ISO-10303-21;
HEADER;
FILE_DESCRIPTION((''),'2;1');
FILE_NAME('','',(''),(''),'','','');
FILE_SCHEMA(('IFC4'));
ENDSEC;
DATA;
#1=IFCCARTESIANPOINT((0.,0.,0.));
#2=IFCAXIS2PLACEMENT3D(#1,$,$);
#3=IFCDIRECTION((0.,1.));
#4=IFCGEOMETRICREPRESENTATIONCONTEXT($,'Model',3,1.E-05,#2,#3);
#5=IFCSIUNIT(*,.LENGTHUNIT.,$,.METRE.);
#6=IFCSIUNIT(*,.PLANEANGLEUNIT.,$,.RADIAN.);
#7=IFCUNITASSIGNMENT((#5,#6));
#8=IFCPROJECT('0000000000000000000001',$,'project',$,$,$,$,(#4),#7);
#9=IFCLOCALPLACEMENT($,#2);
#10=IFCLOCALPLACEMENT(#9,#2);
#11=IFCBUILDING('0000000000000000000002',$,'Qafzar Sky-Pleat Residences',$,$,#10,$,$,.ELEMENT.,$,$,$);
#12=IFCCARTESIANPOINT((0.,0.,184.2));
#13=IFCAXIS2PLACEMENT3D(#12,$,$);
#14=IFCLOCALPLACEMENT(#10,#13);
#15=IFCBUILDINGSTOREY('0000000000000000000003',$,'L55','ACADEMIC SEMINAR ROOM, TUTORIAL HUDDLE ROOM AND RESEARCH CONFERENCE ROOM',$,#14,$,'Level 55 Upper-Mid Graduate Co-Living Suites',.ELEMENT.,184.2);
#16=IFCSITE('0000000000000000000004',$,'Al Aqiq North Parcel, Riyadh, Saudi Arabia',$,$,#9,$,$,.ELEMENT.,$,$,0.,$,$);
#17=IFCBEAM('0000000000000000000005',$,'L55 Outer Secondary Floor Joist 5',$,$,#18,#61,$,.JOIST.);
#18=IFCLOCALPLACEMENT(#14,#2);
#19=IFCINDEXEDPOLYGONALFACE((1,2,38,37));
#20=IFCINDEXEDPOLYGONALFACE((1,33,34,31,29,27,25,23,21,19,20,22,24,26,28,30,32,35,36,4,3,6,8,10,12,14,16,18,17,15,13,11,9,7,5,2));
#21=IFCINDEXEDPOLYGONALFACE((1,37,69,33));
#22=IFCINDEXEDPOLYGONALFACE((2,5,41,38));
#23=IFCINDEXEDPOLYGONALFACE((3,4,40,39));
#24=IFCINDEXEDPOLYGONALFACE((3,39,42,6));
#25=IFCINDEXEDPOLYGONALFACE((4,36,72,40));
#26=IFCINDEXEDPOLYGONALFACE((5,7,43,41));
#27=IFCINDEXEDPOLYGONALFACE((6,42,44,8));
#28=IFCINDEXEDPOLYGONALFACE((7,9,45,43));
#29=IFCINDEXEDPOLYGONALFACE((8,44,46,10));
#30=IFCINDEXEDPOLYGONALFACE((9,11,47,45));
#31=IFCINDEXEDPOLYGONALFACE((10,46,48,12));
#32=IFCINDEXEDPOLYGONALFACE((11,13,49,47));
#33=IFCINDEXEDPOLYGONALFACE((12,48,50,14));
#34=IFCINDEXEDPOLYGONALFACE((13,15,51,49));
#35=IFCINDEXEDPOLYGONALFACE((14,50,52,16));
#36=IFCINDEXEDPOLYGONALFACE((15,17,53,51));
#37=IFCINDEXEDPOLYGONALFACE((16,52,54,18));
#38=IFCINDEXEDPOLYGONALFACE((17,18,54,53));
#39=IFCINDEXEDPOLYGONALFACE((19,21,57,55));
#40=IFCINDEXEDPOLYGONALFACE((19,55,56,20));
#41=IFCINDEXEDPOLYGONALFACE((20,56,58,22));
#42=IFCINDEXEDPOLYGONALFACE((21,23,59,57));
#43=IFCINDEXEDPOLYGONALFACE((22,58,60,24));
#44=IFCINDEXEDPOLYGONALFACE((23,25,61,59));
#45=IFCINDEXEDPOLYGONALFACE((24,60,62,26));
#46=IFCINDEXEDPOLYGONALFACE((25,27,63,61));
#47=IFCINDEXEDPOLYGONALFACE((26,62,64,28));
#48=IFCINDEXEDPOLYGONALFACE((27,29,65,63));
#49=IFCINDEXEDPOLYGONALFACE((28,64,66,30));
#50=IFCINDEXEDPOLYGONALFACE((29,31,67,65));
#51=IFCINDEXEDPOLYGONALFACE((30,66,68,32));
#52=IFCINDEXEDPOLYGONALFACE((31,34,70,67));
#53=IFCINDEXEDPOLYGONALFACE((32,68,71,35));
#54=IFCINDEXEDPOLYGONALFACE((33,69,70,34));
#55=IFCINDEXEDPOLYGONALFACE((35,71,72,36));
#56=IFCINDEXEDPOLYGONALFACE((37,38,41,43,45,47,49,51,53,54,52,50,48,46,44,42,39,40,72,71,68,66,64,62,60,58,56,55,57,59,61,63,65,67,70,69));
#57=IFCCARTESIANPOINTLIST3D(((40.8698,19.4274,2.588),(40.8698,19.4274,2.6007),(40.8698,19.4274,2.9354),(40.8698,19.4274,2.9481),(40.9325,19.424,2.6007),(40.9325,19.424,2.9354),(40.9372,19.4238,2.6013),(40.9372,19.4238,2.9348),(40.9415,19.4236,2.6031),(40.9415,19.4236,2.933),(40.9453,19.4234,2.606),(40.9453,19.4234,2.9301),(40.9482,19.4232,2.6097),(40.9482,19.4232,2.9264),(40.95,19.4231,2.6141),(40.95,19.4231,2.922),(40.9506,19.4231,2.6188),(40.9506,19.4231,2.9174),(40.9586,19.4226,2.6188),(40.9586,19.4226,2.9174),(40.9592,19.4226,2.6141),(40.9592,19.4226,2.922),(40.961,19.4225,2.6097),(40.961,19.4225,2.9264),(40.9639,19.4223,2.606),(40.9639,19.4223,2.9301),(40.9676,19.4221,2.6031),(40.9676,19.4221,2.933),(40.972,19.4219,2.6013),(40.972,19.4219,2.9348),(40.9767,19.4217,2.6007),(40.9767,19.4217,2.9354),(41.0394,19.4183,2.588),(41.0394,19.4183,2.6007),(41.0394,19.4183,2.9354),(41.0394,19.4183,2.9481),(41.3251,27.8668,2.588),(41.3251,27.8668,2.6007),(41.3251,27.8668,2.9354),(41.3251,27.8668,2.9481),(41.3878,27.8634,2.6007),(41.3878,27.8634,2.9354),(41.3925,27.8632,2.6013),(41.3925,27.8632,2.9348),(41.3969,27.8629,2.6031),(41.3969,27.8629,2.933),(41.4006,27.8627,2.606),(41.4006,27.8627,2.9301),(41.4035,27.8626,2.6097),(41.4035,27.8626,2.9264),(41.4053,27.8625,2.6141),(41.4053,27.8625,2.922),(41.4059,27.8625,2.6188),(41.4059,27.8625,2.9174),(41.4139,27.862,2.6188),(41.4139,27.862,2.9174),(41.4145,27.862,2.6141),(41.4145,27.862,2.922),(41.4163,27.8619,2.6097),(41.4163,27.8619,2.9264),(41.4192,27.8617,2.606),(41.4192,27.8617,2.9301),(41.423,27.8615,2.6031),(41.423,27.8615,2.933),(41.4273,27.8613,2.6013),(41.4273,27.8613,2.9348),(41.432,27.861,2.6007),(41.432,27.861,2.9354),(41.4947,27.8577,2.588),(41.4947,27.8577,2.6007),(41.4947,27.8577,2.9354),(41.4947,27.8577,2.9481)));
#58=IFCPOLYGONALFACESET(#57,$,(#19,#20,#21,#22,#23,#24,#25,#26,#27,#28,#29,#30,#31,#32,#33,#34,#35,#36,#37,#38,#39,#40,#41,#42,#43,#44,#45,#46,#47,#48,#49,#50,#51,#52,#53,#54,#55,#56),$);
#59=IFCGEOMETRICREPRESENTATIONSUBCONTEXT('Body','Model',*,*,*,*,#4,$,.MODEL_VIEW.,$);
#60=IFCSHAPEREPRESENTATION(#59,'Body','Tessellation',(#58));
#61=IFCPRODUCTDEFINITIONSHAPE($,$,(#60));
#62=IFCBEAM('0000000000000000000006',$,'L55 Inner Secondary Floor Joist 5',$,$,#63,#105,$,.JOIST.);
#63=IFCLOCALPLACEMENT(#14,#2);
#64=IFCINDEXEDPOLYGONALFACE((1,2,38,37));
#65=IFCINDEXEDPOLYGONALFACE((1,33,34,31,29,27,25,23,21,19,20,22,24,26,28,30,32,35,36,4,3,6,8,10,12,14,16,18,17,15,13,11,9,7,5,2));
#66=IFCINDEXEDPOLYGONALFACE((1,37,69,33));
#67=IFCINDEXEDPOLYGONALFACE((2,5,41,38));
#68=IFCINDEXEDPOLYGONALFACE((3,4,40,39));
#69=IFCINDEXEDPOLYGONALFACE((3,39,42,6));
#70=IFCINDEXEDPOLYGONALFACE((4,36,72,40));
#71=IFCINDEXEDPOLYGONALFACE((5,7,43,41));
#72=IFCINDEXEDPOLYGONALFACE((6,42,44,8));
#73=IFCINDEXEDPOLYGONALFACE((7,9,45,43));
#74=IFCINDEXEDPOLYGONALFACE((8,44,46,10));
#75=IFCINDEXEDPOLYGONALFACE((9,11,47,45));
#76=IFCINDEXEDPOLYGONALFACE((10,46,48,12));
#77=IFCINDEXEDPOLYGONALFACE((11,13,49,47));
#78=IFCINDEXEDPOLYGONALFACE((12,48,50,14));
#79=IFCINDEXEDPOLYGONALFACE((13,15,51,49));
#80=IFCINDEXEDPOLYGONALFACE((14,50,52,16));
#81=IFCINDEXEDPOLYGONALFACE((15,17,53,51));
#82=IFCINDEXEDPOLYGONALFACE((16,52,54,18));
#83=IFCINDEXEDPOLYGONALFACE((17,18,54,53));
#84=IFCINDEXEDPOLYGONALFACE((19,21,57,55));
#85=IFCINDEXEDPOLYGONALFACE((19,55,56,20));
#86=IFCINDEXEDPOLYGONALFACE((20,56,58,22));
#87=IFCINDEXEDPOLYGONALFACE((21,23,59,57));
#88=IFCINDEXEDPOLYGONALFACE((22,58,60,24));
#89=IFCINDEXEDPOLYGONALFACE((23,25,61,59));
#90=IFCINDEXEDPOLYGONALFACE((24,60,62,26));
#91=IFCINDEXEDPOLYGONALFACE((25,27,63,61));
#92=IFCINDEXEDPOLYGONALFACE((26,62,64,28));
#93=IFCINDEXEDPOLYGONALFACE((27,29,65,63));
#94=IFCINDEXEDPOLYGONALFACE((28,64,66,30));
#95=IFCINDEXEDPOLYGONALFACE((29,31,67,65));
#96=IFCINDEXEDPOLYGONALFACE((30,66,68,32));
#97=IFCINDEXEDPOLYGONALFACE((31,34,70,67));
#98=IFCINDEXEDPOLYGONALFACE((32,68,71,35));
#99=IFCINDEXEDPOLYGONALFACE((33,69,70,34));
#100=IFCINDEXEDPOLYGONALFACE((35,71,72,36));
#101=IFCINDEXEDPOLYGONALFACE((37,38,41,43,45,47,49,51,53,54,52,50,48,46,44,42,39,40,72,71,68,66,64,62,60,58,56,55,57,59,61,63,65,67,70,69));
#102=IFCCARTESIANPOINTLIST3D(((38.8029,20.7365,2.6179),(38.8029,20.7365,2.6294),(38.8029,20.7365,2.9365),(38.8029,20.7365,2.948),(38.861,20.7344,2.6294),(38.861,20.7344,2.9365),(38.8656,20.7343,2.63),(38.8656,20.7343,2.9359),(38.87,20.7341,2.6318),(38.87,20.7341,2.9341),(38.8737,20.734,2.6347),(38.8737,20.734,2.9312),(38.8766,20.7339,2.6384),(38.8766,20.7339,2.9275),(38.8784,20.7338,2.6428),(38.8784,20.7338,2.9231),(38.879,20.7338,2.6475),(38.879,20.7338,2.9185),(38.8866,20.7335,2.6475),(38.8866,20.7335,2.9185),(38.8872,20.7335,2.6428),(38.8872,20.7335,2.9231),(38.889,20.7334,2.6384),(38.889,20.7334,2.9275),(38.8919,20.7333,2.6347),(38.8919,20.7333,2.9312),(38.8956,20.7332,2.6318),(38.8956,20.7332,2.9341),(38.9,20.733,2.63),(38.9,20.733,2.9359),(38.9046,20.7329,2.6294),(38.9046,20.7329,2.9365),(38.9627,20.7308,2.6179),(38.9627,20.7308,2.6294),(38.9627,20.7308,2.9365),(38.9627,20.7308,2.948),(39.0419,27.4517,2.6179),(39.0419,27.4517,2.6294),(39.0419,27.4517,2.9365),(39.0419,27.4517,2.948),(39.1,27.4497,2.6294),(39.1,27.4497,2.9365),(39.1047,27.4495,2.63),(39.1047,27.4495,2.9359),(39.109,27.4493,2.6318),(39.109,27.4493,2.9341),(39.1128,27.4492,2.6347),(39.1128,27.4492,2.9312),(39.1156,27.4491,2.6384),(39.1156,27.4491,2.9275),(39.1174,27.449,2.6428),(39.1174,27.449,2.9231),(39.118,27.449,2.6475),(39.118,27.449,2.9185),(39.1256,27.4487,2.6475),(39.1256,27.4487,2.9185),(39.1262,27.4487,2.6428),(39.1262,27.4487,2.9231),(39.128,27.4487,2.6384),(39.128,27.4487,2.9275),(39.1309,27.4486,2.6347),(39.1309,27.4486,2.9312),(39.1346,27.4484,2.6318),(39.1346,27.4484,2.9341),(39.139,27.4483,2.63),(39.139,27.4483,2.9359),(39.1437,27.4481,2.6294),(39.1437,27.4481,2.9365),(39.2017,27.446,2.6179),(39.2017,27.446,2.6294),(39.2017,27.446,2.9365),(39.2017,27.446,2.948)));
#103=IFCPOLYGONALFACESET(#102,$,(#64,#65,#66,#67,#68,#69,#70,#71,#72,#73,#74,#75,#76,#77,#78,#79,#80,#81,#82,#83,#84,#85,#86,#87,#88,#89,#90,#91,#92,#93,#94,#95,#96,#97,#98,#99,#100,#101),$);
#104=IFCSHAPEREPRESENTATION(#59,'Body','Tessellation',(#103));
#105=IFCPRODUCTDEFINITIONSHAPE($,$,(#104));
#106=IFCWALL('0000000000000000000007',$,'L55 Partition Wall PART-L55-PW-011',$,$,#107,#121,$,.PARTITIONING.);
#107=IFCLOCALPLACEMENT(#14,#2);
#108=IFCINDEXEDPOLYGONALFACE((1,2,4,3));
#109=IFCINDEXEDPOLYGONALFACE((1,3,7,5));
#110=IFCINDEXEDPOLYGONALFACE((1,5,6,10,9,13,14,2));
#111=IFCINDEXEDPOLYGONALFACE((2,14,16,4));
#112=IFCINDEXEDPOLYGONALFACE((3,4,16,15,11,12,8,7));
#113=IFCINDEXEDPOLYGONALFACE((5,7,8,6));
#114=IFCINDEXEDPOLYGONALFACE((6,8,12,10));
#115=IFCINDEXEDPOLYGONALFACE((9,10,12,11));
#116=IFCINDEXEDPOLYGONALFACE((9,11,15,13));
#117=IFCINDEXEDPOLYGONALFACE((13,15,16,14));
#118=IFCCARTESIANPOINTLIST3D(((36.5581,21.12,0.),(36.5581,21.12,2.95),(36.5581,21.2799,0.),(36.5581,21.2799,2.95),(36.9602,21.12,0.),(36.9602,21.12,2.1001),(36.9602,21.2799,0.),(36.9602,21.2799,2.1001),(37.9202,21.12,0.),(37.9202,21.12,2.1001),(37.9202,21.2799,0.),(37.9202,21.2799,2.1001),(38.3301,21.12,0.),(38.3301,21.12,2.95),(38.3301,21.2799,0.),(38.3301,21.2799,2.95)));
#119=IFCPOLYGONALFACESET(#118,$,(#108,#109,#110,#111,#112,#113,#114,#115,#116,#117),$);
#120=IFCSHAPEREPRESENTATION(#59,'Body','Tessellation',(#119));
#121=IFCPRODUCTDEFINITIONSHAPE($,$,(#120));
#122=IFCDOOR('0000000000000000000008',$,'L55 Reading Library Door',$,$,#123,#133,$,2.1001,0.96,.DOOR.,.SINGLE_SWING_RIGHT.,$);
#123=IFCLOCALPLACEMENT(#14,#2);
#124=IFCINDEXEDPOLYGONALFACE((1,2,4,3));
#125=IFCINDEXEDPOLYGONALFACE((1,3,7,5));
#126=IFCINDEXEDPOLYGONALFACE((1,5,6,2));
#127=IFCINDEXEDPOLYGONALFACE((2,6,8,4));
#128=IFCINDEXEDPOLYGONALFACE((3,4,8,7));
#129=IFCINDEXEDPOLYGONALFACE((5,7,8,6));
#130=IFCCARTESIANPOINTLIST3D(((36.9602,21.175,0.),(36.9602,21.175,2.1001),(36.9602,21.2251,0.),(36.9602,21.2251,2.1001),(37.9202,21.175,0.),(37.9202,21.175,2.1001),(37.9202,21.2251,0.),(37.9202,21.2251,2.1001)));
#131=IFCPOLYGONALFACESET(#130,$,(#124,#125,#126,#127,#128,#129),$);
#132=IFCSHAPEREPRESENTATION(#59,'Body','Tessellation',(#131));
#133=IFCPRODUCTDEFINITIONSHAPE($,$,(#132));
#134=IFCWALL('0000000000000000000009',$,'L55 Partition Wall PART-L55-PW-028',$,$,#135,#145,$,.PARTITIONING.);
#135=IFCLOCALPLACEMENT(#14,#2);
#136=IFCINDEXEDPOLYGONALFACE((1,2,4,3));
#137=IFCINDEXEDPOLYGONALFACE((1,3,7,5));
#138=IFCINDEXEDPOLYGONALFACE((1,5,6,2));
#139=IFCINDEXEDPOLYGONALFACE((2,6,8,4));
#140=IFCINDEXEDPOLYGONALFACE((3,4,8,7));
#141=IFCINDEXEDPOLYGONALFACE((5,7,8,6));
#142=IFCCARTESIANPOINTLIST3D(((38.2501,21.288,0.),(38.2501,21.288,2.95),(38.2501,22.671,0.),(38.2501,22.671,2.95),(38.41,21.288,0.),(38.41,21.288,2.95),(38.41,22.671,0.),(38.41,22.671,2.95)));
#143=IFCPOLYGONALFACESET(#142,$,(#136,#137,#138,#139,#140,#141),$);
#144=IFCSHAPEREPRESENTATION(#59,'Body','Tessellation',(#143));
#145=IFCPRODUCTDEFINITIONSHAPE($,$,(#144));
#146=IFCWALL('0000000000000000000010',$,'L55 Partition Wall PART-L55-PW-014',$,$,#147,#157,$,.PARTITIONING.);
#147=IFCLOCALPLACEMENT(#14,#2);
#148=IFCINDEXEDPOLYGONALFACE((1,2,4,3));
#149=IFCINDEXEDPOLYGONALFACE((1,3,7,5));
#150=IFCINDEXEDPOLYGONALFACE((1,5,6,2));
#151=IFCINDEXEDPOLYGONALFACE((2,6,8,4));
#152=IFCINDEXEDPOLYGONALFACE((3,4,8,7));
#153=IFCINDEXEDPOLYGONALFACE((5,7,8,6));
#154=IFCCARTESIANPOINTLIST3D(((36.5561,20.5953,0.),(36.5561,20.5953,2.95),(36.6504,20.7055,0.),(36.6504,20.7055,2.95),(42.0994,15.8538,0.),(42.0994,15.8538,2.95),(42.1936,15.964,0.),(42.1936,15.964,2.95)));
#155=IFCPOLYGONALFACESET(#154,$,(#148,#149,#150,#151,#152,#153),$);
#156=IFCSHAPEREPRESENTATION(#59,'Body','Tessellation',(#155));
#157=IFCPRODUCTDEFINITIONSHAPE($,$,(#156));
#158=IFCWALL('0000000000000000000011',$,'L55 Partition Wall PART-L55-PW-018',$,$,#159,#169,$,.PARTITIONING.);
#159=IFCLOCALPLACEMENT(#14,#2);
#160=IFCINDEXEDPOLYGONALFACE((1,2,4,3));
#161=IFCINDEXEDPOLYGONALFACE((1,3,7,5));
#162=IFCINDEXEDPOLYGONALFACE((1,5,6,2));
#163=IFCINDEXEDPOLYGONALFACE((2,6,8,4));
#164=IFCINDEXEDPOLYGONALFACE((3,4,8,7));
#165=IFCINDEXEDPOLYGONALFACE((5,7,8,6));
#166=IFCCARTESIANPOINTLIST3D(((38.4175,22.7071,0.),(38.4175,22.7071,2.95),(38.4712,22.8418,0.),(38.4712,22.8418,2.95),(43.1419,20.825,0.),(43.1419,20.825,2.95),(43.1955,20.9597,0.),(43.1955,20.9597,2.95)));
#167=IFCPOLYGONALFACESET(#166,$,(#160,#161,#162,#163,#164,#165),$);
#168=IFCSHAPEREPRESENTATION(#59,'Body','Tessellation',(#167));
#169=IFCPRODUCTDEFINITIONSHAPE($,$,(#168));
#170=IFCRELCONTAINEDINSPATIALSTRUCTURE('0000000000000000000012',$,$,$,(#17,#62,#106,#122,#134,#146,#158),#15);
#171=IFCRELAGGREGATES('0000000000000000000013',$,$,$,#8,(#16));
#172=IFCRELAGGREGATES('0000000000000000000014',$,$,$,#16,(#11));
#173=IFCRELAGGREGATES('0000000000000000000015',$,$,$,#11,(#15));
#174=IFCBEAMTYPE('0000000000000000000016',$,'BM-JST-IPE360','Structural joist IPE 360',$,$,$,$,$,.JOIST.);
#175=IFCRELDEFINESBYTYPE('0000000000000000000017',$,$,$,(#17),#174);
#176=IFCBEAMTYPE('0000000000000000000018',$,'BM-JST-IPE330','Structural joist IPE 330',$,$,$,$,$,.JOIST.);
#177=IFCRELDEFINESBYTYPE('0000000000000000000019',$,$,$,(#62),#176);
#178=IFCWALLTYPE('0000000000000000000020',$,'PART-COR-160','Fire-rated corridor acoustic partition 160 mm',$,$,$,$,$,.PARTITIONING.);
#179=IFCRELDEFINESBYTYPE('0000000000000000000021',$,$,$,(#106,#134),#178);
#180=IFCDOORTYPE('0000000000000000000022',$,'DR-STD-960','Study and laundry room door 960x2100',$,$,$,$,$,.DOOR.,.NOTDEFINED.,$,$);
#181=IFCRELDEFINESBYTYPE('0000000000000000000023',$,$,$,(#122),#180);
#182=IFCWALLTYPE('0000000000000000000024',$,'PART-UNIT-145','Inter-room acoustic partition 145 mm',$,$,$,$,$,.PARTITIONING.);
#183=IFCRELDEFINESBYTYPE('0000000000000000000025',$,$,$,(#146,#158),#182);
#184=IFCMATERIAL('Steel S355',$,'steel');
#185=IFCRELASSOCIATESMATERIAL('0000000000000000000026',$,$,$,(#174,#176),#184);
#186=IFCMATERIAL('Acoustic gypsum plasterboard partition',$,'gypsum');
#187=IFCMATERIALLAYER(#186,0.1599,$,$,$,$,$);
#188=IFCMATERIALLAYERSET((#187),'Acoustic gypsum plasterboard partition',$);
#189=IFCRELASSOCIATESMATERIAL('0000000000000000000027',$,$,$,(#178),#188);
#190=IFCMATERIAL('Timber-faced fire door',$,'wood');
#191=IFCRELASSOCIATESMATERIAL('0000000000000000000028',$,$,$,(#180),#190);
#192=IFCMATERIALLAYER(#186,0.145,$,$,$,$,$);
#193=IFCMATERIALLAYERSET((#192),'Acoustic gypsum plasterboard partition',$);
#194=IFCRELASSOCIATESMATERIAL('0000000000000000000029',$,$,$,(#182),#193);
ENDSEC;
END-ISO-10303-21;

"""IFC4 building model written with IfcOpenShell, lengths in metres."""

from ifc_helpers import new_model, si_unit, direction, frame, frame_2d, origin, origin_2d, place, context, subcontext, project, spatial, rectangle, i_section, extrude, source, transform, mapped, material, layer, layer_set, material_profile, profile_set, type_object, element, fill, save


model = new_model("IFC4")

# Units and contexts
model_context = context("Model", 3, precision=1e-05, world=origin(), true_north=direction((0.0, 1.0)))
body_context = subcontext(model_context, "Body", "Model", "MODEL_VIEW")
ifc_project = project(units=[si_unit("LENGTHUNIT", "METRE"), si_unit("PLANEANGLEUNIT", "RADIAN")], contexts=[model_context])

# Site, building, storey
site_placement = place(None, origin())
site = spatial("IfcSite", under=ifc_project, at=site_placement, Name="Al Aqiq North Parcel, Riyadh, Saudi Arabia", CompositionType="ELEMENT", RefElevation=0.0)
building_placement = place(site_placement, origin())
building = spatial("IfcBuilding", under=site, at=building_placement, Name="Qafzar Sky-Pleat Residences", CompositionType="ELEMENT")
storey_placement = place(building_placement, frame((0.0, 0.0, 184.2)))
storey = spatial("IfcBuildingStorey", under=building, at=storey_placement, Name="L55", Description="ACADEMIC SEMINAR ROOM, TUTORIAL HUDDLE ROOM AND RESEARCH CONFERENCE ROOM", LongName="Level 55 Upper-Mid Graduate Co-Living Suites", CompositionType="ELEMENT", Elevation=184.2)

# Shared definitions
ifc_material_1 = material(Name="Steel S355", Category="steel")

# Beams
ifc_material_profile_1 = material_profile(ifc_material_1, i_section(OverallWidth=0.1699, OverallDepth=0.3601, WebThickness=0.0081, FlangeThickness=0.0127, FilletRadius=0.0181, at=origin_2d()), Name="IPE 360")
ifc_profile_set_1 = profile_set([ifc_material_profile_1], Name="Steel S355")
beam_type_1 = type_object("IfcBeamType", Name="BM-JST-IPE360", Description="Structural joist IPE 360", PredefinedType="JOIST", material=ifc_profile_set_1)
shared_shape_1 = source(origin(), body_context, "Body", "SweptSolid", [
    extrude(i_section(OverallWidth=0.1699, OverallDepth=0.3601, WebThickness=0.0081, FlangeThickness=0.0127, FilletRadius=0.0181, at=origin_2d()), origin(), (0.0, 0.0, 1.0), 8.4517),
])
beam_1_placement = place(storey_placement, frame((40.9546, 19.4229, 2.7681), z_axis=(0.053873, 0.998548, 0.0), x_axis=(-0.998548, 0.053873, 0.0)))
element("IfcBeam", 1, at=beam_1_placement, inside=storey, type_object=beam_type_1, Name="L55 Outer Secondary Floor Joist 5", PredefinedType="JOIST", context=body_context, shape_type="MappedRepresentation", body=[
    mapped(shared_shape_1, transform((0.0, 0.0, 0.0), x_axis=(1.0, 0.0, 0.0), y_axis=(0.0, 1.0, 0.0), z_axis=(0.0, 0.0, 1.0), scale=1.0)),
])
ifc_material_profile_2 = material_profile(ifc_material_1, i_section(OverallWidth=0.1599, OverallDepth=0.3301, WebThickness=0.0076, FlangeThickness=0.0115, FilletRadius=0.0181, at=origin_2d()), Name="IPE 330")
ifc_profile_set_2 = profile_set([ifc_material_profile_2], Name="Steel S355")
beam_type_2 = type_object("IfcBeamType", Name="BM-JST-IPE330", Description="Structural joist IPE 330", PredefinedType="JOIST", material=ifc_profile_set_2)
shared_shape_2 = source(origin(), body_context, "Body", "SweptSolid", [
    extrude(i_section(OverallWidth=0.1599, OverallDepth=0.3301, WebThickness=0.0076, FlangeThickness=0.0115, FilletRadius=0.0181, at=origin_2d()), origin(), (0.0, 0.0, 1.0), 6.7195),
])
beam_2_placement = place(storey_placement, frame((38.8828, 20.7336, 2.783), z_axis=(0.03557, 0.999367, 0.0), x_axis=(-0.999367, 0.03557, 0.0)))
element("IfcBeam", 2, at=beam_2_placement, inside=storey, type_object=beam_type_2, Name="L55 Inner Secondary Floor Joist 5", PredefinedType="JOIST", context=body_context, shape_type="MappedRepresentation", body=[
    mapped(shared_shape_2, transform((0.0, 0.0, 0.0), x_axis=(1.0, 0.0, 0.0), y_axis=(0.0, 1.0, 0.0), z_axis=(0.0, 0.0, 1.0), scale=1.0)),
])

# Wall, opening, door
ifc_material_2 = material(Name="Acoustic gypsum plasterboard partition", Category="gypsum")
ifc_layer_1 = layer(ifc_material_2, 0.1599)
ifc_layer_set_1 = layer_set([ifc_layer_1], Name="Acoustic gypsum plasterboard partition")
wall_type_1 = type_object("IfcWallType", Name="PART-COR-160", Description="Fire-rated corridor acoustic partition 160 mm", PredefinedType="PARTITIONING", material=ifc_layer_set_1)
wall_1_placement = place(storey_placement, frame((38.3301, 21.2, 0.0), z_axis=(0.0, 0.0, 1.0), x_axis=(-1.0, 0.0, 0.0)))
wall_1 = element("IfcWall", 3, at=wall_1_placement, inside=storey, type_object=wall_type_1, Name="L55 Partition Wall PART-L55-PW-011", PredefinedType="PARTITIONING", context=body_context, shape_type="SweptSolid", body=[
    extrude(rectangle(XDim=1.772, YDim=0.1599, at=frame_2d((0.886, 0.0))), origin(), (0.0, 0.0, 1.0), 2.95),
])
opening_1_placement = place(wall_1_placement, frame((0.4099, 0.0, 0.0)))
opening_1 = element("IfcOpeningElement", 4, at=opening_1_placement, cuts=wall_1, PredefinedType="OPENING", context=body_context, shape_type="SweptSolid", body=[
    extrude(rectangle(XDim=0.96, YDim=2.1001, at=frame_2d((0.48, 1.05))), frame((0.0, 0.0898, 0.0), z_axis=(0.0, -1.0, 0.0), x_axis=(1.0, 0.0, 0.0)), (0.0, 0.0, 1.0), 0.1799),
])
ifc_material_3 = material(Name="Timber-faced fire door", Category="wood")
door_type_1 = type_object("IfcDoorType", Name="DR-STD-960", Description="Study and laundry room door 960x2100", OperationType="NOTDEFINED", PredefinedType="DOOR", material=ifc_material_3)
shared_shape_3 = source(origin(), body_context, "Body", "SweptSolid", [
    extrude(rectangle(XDim=0.96, YDim=2.1001, at=frame_2d((0.48, 1.05))), frame((0.0, 0.0249, 0.0), z_axis=(0.0, -1.0, 0.0), x_axis=(1.0, 0.0, 0.0)), (0.0, 0.0, 1.0), 0.05),
])
door_1_placement = place(opening_1_placement, origin())
door_1 = element("IfcDoor", 5, at=door_1_placement, inside=storey, type_object=door_type_1, Name="L55 Reading Library Door", OperationType="SINGLE_SWING_RIGHT", OverallHeight=2.1001, OverallWidth=0.96, PredefinedType="DOOR", context=body_context, shape_type="MappedRepresentation", body=[
    mapped(shared_shape_3, transform((0.0, 0.0, 0.0), x_axis=(1.0, 0.0, 0.0), y_axis=(0.0, 1.0, 0.0), z_axis=(0.0, 0.0, 1.0), scale=1.0)),
])
fill(opening_1, door_1)

# Walls
wall_2_placement = place(storey_placement, frame((38.3301, 21.2881, 0.0), z_axis=(0.0, 0.0, 1.0), x_axis=(0.0, 1.0, 0.0)))
element("IfcWall", 6, at=wall_2_placement, inside=storey, type_object=wall_type_1, Name="L55 Partition Wall PART-L55-PW-028", PredefinedType="PARTITIONING", context=body_context, shape_type="SweptSolid", body=[
    extrude(rectangle(XDim=1.3831, YDim=0.1599, at=frame_2d((0.6914, 0.0))), origin(), (0.0, 0.0, 1.0), 2.95),
])
ifc_layer_2 = layer(ifc_material_2, 0.145)
ifc_layer_set_2 = layer_set([ifc_layer_2], Name="Acoustic gypsum plasterboard partition")
wall_type_2 = type_object("IfcWallType", Name="PART-UNIT-145", Description="Inter-room acoustic partition 145 mm", PredefinedType="PARTITIONING", material=ifc_layer_set_2)
wall_3_placement = place(storey_placement, frame((36.6033, 20.6504, 0.0), z_axis=(0.0, 0.0, 1.0), x_axis=(0.759925, -0.650011, 0.0)))
element("IfcWall", 7, at=wall_3_placement, inside=storey, type_object=wall_type_2, Name="L55 Partition Wall PART-L55-PW-014", PredefinedType="PARTITIONING", context=body_context, shape_type="SweptSolid", body=[
    extrude(rectangle(XDim=7.2944, YDim=0.145, at=frame_2d((3.6472, 0.0))), origin(), (0.0, 0.0, 1.0), 2.95),
])
wall_4_placement = place(storey_placement, frame((38.4443, 22.7744, 0.0), z_axis=(0.0, 0.0, 1.0), x_axis=(0.928996, -0.370091, 0.0)))
element("IfcWall", 8, at=wall_4_placement, inside=storey, type_object=wall_type_2, Name="L55 Partition Wall PART-L55-PW-018", PredefinedType="PARTITIONING", context=body_context, shape_type="SweptSolid", body=[
    extrude(rectangle(XDim=5.0854, YDim=0.145, at=frame_2d((2.5427, 0.0))), origin(), (0.0, 0.0, 1.0), 2.95),
])

save(model, "model.ifc")
